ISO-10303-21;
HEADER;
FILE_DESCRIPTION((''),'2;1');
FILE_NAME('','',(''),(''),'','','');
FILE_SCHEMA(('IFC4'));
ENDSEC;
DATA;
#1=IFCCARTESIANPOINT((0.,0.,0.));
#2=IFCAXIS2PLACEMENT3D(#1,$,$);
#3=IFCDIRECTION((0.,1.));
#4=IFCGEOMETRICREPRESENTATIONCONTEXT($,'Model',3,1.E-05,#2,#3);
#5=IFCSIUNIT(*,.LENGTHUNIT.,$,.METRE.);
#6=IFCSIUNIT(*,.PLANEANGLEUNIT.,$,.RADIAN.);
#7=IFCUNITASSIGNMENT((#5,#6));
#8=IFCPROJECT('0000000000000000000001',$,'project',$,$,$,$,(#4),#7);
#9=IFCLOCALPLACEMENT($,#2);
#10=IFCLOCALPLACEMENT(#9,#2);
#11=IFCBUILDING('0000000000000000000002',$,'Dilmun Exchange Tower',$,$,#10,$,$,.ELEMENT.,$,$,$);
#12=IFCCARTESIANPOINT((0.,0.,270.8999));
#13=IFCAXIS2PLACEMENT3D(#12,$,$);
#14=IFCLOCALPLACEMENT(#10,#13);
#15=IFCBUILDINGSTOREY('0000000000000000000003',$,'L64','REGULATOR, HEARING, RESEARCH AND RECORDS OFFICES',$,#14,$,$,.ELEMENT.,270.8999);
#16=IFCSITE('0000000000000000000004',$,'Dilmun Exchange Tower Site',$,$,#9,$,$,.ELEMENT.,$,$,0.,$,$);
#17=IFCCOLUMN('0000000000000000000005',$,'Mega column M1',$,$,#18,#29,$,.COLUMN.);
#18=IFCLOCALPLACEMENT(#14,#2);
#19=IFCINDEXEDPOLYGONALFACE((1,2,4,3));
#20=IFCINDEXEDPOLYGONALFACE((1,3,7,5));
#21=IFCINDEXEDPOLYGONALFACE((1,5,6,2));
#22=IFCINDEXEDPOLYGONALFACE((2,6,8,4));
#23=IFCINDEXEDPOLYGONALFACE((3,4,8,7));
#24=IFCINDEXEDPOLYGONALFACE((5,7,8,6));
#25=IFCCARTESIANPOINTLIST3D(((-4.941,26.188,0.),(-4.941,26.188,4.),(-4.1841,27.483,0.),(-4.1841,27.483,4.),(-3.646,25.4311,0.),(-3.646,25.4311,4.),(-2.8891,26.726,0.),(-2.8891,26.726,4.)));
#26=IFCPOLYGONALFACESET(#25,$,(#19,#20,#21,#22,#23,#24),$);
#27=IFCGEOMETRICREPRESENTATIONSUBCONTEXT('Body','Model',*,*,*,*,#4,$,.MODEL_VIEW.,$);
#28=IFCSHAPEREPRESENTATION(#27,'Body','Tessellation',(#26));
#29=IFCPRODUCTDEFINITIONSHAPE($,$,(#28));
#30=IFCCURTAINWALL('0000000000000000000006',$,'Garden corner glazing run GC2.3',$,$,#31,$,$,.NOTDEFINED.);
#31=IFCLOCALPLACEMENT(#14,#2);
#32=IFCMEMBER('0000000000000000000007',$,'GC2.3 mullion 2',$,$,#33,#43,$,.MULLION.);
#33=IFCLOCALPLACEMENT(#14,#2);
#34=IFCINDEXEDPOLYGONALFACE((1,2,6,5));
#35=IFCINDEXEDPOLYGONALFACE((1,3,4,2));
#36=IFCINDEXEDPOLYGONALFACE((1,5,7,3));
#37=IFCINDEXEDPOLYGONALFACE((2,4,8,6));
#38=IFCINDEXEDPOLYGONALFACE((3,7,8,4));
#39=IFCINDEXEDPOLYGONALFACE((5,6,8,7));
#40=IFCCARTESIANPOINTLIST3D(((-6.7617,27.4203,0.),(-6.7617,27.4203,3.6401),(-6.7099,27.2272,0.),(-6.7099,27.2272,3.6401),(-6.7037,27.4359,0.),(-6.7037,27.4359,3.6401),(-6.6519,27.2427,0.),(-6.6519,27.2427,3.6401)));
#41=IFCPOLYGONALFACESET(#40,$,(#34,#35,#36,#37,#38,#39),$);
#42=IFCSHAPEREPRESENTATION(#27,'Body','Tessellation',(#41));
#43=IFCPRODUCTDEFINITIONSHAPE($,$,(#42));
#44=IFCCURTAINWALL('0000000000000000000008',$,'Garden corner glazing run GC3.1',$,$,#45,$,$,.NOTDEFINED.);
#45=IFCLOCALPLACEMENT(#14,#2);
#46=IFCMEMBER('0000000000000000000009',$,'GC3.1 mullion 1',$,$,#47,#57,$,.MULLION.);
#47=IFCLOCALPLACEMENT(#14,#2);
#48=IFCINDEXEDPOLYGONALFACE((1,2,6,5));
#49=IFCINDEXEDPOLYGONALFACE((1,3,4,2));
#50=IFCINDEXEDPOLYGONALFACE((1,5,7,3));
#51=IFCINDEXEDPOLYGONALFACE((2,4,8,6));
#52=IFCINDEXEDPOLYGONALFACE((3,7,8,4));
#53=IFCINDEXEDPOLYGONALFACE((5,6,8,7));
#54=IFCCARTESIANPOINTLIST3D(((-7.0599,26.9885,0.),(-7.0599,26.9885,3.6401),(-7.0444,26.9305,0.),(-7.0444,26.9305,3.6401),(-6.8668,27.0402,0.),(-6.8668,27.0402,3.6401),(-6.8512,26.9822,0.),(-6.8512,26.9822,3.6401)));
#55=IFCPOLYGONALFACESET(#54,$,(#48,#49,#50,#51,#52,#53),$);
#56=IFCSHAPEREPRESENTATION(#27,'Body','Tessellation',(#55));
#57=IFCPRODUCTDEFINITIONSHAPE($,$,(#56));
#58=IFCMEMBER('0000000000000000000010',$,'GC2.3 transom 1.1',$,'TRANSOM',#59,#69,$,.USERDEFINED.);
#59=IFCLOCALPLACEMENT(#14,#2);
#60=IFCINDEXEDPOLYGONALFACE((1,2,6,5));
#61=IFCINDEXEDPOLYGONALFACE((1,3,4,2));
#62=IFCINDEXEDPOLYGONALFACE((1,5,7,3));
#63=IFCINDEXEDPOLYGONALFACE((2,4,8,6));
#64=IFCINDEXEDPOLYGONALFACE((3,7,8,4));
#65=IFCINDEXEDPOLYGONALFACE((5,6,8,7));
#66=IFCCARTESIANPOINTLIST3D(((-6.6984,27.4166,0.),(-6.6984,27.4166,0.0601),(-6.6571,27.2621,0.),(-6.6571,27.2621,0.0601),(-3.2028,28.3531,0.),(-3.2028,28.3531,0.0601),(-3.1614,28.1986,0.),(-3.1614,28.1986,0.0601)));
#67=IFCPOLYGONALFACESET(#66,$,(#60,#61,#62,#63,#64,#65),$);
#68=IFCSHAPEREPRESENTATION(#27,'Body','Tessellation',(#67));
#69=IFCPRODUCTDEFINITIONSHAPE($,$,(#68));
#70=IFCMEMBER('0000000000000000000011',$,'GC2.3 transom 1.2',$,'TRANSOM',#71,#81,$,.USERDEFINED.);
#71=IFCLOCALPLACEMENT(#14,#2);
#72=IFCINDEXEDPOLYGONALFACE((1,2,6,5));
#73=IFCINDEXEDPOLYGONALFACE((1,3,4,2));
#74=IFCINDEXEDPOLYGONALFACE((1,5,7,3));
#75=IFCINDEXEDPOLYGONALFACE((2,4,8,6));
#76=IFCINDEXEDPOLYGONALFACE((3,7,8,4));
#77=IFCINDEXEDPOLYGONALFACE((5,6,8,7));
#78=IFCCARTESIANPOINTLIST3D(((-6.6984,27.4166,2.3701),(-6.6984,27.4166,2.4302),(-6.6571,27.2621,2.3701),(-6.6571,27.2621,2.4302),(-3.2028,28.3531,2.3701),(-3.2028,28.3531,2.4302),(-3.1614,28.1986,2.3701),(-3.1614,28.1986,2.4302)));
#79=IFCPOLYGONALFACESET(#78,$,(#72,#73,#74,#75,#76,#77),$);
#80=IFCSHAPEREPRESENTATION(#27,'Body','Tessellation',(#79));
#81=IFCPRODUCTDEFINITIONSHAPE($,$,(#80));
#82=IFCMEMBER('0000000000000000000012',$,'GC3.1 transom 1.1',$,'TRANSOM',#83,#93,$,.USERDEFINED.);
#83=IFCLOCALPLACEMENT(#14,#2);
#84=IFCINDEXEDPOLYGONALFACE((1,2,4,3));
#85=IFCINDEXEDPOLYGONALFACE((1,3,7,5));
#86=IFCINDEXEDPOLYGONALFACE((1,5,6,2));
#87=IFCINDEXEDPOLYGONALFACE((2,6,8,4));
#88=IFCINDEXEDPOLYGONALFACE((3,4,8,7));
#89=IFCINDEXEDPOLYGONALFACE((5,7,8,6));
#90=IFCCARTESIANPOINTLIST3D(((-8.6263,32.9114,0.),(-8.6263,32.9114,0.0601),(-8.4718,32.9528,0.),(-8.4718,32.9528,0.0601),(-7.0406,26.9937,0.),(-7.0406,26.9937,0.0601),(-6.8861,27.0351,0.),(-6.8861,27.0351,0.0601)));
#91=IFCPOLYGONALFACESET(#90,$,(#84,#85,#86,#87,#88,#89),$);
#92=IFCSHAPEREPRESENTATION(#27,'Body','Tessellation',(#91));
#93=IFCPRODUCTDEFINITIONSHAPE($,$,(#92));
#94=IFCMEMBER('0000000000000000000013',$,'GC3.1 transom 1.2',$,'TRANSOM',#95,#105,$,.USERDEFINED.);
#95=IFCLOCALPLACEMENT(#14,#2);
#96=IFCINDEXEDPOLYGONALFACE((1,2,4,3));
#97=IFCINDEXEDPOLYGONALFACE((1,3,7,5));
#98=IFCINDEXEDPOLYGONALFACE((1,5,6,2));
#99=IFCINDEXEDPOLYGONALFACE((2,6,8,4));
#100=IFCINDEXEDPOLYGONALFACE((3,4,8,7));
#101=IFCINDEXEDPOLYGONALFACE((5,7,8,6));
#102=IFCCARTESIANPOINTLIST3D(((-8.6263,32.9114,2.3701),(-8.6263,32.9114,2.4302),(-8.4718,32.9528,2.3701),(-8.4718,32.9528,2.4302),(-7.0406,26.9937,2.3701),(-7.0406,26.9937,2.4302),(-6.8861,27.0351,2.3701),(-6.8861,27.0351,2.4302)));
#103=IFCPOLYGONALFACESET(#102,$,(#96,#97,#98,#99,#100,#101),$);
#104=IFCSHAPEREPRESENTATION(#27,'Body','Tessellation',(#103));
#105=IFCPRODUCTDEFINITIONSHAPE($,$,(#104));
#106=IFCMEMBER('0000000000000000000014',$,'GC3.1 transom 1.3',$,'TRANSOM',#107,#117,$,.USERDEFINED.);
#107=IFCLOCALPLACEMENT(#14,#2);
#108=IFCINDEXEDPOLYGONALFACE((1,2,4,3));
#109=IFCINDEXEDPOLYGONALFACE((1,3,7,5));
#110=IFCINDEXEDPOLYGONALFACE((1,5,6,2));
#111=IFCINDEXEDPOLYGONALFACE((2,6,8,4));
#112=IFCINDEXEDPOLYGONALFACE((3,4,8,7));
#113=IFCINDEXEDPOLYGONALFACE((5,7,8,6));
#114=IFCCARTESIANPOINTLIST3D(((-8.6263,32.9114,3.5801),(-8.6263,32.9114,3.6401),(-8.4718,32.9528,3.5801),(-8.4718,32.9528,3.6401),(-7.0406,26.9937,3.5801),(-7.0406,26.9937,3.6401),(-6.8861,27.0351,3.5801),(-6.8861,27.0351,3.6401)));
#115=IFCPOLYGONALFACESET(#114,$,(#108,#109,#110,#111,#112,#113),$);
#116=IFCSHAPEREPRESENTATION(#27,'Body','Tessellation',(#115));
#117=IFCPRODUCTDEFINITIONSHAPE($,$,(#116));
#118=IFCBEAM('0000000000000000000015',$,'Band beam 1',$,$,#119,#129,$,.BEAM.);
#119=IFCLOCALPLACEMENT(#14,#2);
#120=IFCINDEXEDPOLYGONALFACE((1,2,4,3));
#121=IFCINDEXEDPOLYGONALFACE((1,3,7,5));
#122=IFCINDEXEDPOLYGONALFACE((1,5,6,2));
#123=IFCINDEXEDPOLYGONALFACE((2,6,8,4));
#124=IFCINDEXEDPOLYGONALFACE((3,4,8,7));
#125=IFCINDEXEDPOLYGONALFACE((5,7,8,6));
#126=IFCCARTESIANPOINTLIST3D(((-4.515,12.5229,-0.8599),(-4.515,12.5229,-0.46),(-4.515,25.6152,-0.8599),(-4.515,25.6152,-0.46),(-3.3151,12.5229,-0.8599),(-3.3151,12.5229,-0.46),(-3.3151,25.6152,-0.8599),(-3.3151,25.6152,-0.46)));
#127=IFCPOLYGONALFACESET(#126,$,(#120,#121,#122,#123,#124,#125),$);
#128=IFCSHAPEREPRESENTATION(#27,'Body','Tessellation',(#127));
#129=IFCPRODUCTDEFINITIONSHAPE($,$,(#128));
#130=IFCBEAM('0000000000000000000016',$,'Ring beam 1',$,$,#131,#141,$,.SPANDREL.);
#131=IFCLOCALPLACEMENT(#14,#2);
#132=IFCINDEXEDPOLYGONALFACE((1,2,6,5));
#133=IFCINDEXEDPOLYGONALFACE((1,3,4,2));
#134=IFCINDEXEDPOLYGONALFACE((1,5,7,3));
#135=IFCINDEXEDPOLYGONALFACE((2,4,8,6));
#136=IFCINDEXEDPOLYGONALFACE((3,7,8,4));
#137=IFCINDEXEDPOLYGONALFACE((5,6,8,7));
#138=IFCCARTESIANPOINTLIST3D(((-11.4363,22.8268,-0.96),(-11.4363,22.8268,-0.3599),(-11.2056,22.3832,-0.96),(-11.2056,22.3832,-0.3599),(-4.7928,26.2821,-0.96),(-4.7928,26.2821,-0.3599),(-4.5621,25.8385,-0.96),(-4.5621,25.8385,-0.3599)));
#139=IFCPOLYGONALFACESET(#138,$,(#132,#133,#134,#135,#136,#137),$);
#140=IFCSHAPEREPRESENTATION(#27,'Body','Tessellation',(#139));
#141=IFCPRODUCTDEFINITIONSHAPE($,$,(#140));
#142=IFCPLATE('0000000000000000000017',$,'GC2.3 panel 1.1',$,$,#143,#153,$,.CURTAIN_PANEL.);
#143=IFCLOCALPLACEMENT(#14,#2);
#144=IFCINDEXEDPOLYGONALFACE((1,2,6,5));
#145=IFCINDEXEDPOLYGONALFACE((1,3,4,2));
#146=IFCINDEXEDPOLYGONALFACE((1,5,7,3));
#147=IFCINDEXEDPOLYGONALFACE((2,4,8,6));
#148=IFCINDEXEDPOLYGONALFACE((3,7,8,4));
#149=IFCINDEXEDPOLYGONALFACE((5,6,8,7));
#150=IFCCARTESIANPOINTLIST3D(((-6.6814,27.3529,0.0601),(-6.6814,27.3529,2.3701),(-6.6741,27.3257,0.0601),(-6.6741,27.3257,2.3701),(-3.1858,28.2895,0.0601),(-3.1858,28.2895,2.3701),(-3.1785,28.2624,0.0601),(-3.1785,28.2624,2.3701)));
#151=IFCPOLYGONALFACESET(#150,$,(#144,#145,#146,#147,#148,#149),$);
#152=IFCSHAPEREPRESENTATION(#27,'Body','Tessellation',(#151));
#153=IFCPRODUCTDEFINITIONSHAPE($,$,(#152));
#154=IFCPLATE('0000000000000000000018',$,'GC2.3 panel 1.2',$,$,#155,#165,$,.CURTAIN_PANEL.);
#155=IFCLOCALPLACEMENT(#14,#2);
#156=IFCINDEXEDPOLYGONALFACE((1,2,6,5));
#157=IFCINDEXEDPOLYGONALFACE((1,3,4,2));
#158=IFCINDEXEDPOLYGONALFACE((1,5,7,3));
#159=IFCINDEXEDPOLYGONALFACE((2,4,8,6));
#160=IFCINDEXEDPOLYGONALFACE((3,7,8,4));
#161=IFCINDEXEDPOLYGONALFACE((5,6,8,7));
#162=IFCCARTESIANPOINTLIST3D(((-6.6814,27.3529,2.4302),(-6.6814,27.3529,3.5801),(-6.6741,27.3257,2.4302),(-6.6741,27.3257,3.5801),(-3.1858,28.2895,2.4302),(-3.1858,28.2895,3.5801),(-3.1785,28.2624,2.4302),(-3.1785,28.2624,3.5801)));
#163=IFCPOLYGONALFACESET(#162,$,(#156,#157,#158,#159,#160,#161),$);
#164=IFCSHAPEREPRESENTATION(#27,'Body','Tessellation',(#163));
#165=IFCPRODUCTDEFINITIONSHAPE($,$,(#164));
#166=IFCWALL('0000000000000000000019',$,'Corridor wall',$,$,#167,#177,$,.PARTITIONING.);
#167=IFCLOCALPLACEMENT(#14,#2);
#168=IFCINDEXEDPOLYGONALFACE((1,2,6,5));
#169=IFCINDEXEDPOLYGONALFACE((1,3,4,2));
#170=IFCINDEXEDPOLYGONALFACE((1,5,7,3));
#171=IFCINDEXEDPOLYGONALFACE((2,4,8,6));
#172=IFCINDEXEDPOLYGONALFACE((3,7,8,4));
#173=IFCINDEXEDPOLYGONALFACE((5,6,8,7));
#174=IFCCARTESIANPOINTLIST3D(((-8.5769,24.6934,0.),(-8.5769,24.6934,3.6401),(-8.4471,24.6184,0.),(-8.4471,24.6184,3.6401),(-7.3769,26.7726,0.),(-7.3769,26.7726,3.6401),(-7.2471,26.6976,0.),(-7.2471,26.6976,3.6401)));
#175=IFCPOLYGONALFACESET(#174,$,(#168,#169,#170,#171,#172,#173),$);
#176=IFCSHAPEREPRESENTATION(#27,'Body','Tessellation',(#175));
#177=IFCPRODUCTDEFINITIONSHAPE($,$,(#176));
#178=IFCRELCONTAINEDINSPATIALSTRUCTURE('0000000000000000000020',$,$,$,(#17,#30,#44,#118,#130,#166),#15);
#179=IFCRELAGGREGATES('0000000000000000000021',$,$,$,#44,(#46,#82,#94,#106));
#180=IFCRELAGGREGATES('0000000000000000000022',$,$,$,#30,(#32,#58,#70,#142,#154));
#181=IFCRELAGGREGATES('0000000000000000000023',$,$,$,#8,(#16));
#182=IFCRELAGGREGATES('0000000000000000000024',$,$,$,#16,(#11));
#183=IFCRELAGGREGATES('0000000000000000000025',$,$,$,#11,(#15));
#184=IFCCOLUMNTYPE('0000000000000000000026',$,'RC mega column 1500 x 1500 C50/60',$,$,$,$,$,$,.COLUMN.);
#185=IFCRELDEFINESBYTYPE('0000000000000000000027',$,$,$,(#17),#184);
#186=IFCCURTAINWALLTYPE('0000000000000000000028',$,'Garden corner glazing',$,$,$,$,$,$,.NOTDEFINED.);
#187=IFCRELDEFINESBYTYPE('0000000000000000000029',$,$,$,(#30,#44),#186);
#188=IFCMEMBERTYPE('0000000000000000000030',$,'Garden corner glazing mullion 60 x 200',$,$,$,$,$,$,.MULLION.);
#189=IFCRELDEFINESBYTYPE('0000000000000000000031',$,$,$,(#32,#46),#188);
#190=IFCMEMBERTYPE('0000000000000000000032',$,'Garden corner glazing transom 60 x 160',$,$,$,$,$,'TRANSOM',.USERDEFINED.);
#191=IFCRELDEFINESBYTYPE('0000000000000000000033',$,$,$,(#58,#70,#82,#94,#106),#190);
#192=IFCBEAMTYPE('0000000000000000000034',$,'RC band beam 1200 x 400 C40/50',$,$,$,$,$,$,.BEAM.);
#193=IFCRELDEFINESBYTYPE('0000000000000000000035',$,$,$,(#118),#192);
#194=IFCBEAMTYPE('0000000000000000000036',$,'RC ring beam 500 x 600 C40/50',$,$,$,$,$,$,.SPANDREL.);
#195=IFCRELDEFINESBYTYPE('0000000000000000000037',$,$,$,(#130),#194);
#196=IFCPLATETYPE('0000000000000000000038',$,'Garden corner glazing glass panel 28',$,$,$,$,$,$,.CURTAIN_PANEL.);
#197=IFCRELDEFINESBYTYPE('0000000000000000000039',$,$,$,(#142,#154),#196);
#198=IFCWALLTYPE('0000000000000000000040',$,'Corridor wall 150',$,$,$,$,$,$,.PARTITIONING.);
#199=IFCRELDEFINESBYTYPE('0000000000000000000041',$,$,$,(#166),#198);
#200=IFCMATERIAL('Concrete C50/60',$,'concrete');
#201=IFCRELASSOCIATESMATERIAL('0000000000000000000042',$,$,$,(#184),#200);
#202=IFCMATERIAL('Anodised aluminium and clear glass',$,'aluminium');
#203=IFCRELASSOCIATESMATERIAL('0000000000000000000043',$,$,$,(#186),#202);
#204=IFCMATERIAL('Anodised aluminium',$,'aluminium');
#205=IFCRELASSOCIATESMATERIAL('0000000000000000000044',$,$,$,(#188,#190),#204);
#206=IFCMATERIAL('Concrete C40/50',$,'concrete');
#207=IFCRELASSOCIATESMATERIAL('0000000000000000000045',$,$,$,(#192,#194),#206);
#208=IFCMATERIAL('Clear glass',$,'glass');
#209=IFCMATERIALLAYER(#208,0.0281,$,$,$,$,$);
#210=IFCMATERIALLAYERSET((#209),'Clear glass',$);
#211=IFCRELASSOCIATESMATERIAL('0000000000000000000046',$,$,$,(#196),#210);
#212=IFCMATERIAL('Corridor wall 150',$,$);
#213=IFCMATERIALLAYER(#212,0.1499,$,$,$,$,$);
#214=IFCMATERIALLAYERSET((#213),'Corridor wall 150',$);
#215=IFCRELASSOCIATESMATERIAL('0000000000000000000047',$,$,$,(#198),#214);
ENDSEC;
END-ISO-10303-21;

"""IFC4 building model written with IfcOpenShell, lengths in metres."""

from ifc_helpers import new_model, si_unit, direction, frame, frame_2d, origin, origin_2d, place, context, subcontext, project, spatial, rectangle, extrude, material, layer, layer_set, material_profile, profile_set, type_object, element, aggregate, save


model = new_model("IFC4")

# Units and contexts
model_context = context("Model", 3, precision=1e-05, world=origin(), true_north=direction((0.0, 1.0)))
body_context = subcontext(model_context, "Body", "Model", "MODEL_VIEW")
ifc_project = project(units=[si_unit("LENGTHUNIT", "METRE"), si_unit("PLANEANGLEUNIT", "RADIAN")], contexts=[model_context])

# Site, building, storey
site_placement = place(None, origin())
site = spatial("IfcSite", under=ifc_project, at=site_placement, Name="Dilmun Exchange Tower Site", CompositionType="ELEMENT", RefElevation=0.0)
building_placement = place(site_placement, origin())
building = spatial("IfcBuilding", under=site, at=building_placement, Name="Dilmun Exchange Tower", CompositionType="ELEMENT")
storey_placement = place(building_placement, frame((0.0, 0.0, 270.8999)))
storey = spatial("IfcBuildingStorey", under=building, at=storey_placement, Name="L64", Description="REGULATOR, HEARING, RESEARCH AND RECORDS OFFICES", CompositionType="ELEMENT", Elevation=270.8999)

# Column
ifc_material_1 = material(Name="Concrete C50/60", Category="concrete")
ifc_material_profile_1 = material_profile(ifc_material_1, rectangle(XDim=1.5, YDim=1.5, at=origin_2d()), Name="1500 x 1500")
ifc_profile_set_1 = profile_set([ifc_material_profile_1], Name="Concrete C50/60")
column_type = type_object("IfcColumnType", Name="RC mega column 1500 x 1500 C50/60", PredefinedType="COLUMN", material=ifc_profile_set_1)
column_placement = place(storey_placement, frame((-3.915, 26.457, 0.0), z_axis=(0.0, 0.0, 1.0), x_axis=(0.504644, 0.863328, 0.0)))
element("IfcColumn", 1, at=column_placement, inside=storey, type_object=column_type, Name="Mega column M1", PredefinedType="COLUMN", context=body_context, shape_type="SweptSolid", body=[
    extrude(rectangle(XDim=1.5, YDim=1.5, at=origin_2d()), origin(), (0.0, 0.0, 1.0), 4.0),
])

# Curtain walls, members
ifc_material_2 = material(Name="Anodised aluminium and clear glass", Category="aluminium")
curtain_wall_type = type_object("IfcCurtainWallType", Name="Garden corner glazing", PredefinedType="NOTDEFINED", material=ifc_material_2)
curtain_wall_1_placement = place(storey_placement, origin())
curtain_wall_1 = element("IfcCurtainWall", 2, at=curtain_wall_1_placement, inside=storey, type_object=curtain_wall_type, Name="Garden corner glazing run GC2.3", PredefinedType="NOTDEFINED")
ifc_material_3 = material(Name="Anodised aluminium", Category="aluminium")
ifc_material_profile_2 = material_profile(ifc_material_3, rectangle(XDim=0.2, YDim=0.0601, at=origin_2d()), Name="AL 60x200")
ifc_profile_set_2 = profile_set([ifc_material_profile_2], Name="Anodised aluminium")
member_type_1 = type_object("IfcMemberType", Name="Garden corner glazing mullion 60 x 200", PredefinedType="MULLION", material=ifc_profile_set_2)
member_1_placement = place(storey_placement, frame((-6.7068, 27.3315, 0.0), z_axis=(0.0, 0.0, 1.0), x_axis=(0.258813, -0.965928, 0.0)))
member_1 = element("IfcMember", 3, at=member_1_placement, type_object=member_type_1, Name="GC2.3 mullion 2", PredefinedType="MULLION", context=body_context, shape_type="SweptSolid", body=[
    extrude(rectangle(XDim=0.2, YDim=0.0601, at=origin_2d()), origin(), (0.0, 0.0, 1.0), 3.6401),
])
curtain_wall_2_placement = place(storey_placement, origin())
curtain_wall_2 = element("IfcCurtainWall", 4, at=curtain_wall_2_placement, inside=storey, type_object=curtain_wall_type, Name="Garden corner glazing run GC3.1", PredefinedType="NOTDEFINED")
member_2_placement = place(storey_placement, frame((-6.9556, 26.9854, 0.0), z_axis=(0.0, 0.0, 1.0), x_axis=(-0.965926, -0.258819, 0.0)))
member_2 = element("IfcMember", 5, at=member_2_placement, type_object=member_type_1, Name="GC3.1 mullion 1", PredefinedType="MULLION", context=body_context, shape_type="SweptSolid", body=[
    extrude(rectangle(XDim=0.2, YDim=0.0601, at=origin_2d()), origin(), (0.0, 0.0, 1.0), 3.6401),
])

# Members
ifc_material_profile_3 = material_profile(ifc_material_3, rectangle(XDim=0.1599, YDim=0.0601, at=origin_2d()), Name="AL 60x160")
ifc_profile_set_3 = profile_set([ifc_material_profile_3], Name="Anodised aluminium")
member_type_2 = type_object("IfcMemberType", Name="Garden corner glazing transom 60 x 160", ElementType="TRANSOM", PredefinedType="USERDEFINED", material=ifc_profile_set_3)
member_3_placement = place(storey_placement, frame((-3.1821, 28.2759, 0.03), z_axis=(-0.965934, -0.258788, 0.0), x_axis=(0.258788, -0.965934, 0.0)))
member_3 = element("IfcMember", 6, at=member_3_placement, type_object=member_type_2, Name="GC2.3 transom 1.1", ObjectType="TRANSOM", PredefinedType="USERDEFINED", context=body_context, shape_type="SweptSolid", body=[
    extrude(rectangle(XDim=0.1599, YDim=0.0601, at=origin_2d()), origin(), (0.0, 0.0, 1.0), 3.6189),
])
member_4_placement = place(storey_placement, frame((-3.1821, 28.2759, 2.4001), z_axis=(-0.965934, -0.258788, 0.0), x_axis=(0.258788, -0.965934, 0.0)))
member_4 = element("IfcMember", 7, at=member_4_placement, type_object=member_type_2, Name="GC2.3 transom 1.2", ObjectType="TRANSOM", PredefinedType="USERDEFINED", context=body_context, shape_type="SweptSolid", body=[
    extrude(rectangle(XDim=0.1599, YDim=0.0601, at=origin_2d()), origin(), (0.0, 0.0, 1.0), 3.6189),
])
member_5_placement = place(storey_placement, frame((-6.9634, 27.0144, 0.03), z_axis=(-0.258826, 0.965924, 0.0), x_axis=(-0.965924, -0.258826, 0.0)))
member_5 = element("IfcMember", 8, at=member_5_placement, type_object=member_type_2, Name="GC3.1 transom 1.1", ObjectType="TRANSOM", PredefinedType="USERDEFINED", context=body_context, shape_type="SweptSolid", body=[
    extrude(rectangle(XDim=0.1599, YDim=0.0601, at=origin_2d()), origin(), (0.0, 0.0, 1.0), 6.1265),
])
member_6_placement = place(storey_placement, frame((-6.9634, 27.0144, 2.4001), z_axis=(-0.258826, 0.965924, 0.0), x_axis=(-0.965924, -0.258826, 0.0)))
member_6 = element("IfcMember", 9, at=member_6_placement, type_object=member_type_2, Name="GC3.1 transom 1.2", ObjectType="TRANSOM", PredefinedType="USERDEFINED", context=body_context, shape_type="SweptSolid", body=[
    extrude(rectangle(XDim=0.1599, YDim=0.0601, at=origin_2d()), origin(), (0.0, 0.0, 1.0), 6.1265),
])
member_7_placement = place(storey_placement, frame((-6.9634, 27.0144, 3.6101), z_axis=(-0.258826, 0.965924, 0.0), x_axis=(-0.965924, -0.258826, 0.0)))
member_7 = element("IfcMember", 10, at=member_7_placement, type_object=member_type_2, Name="GC3.1 transom 1.3", ObjectType="TRANSOM", PredefinedType="USERDEFINED", context=body_context, shape_type="SweptSolid", body=[
    extrude(rectangle(XDim=0.1599, YDim=0.0601, at=origin_2d()), origin(), (0.0, 0.0, 1.0), 6.1265),
])
aggregate(curtain_wall_2, [member_2, member_5, member_6, member_7])

# Beams
ifc_material_4 = material(Name="Concrete C40/50", Category="concrete")
ifc_material_profile_4 = material_profile(ifc_material_4, rectangle(XDim=1.2, YDim=0.3999, at=origin_2d()), Name="1200 x 400")
ifc_profile_set_4 = profile_set([ifc_material_profile_4], Name="Concrete C40/50")
beam_type_1 = type_object("IfcBeamType", Name="RC band beam 1200 x 400 C40/50", PredefinedType="BEAM", material=ifc_profile_set_4)
beam_1_placement = place(storey_placement, frame((-3.915, 25.6152, -0.6599), z_axis=(0.0, -1.0, 0.0), x_axis=(1.0, 0.0, 0.0)))
element("IfcBeam", 11, at=beam_1_placement, inside=storey, type_object=beam_type_1, Name="Band beam 1", PredefinedType="BEAM", context=body_context, shape_type="SweptSolid", body=[
    extrude(rectangle(XDim=1.2, YDim=0.3999, at=origin_2d()), origin(), (0.0, 0.0, 1.0), 13.0923),
])
ifc_material_profile_5 = material_profile(ifc_material_4, rectangle(XDim=0.5, YDim=0.6001, at=origin_2d()), Name="500 x 600")
ifc_profile_set_5 = profile_set([ifc_material_profile_5], Name="Concrete C40/50")
beam_type_2 = type_object("IfcBeamType", Name="RC ring beam 500 x 600 C40/50", PredefinedType="SPANDREL", material=ifc_profile_set_5)
beam_2_placement = place(storey_placement, frame((-4.6775, 26.0603, -0.6599), z_axis=(-0.88718, -0.461424, 0.0), x_axis=(0.461424, -0.88718, 0.0)))
element("IfcBeam", 12, at=beam_2_placement, inside=storey, type_object=beam_type_2, Name="Ring beam 1", PredefinedType="SPANDREL", context=body_context, shape_type="SweptSolid", body=[
    extrude(rectangle(XDim=0.5, YDim=0.6001, at=origin_2d()), origin(), (0.0, 0.0, 1.0), 7.4883),
])

# Plates
ifc_material_5 = material(Name="Clear glass", Category="glass")
ifc_layer_1 = layer(ifc_material_5, 0.0281)
ifc_layer_set_1 = layer_set([ifc_layer_1], Name="Clear glass")
plate_type = type_object("IfcPlateType", Name="Garden corner glazing glass panel 28", PredefinedType="CURTAIN_PANEL", material=ifc_layer_set_1)
plate_1_placement = place(storey_placement, frame((-4.9299, 27.8076, 0.0601), z_axis=(0.0, 0.0, 1.0), x_axis=(-0.965928, -0.258813, 0.0)))
plate_1 = element("IfcPlate", 13, at=plate_1_placement, type_object=plate_type, Name="GC2.3 panel 1.1", PredefinedType="CURTAIN_PANEL", context=body_context, shape_type="SweptSolid", body=[
    extrude(rectangle(XDim=3.6189, YDim=0.0281, at=origin_2d()), origin(), (0.0, 0.0, 1.0), 2.3101),
])
plate_2_placement = place(storey_placement, frame((-4.9299, 27.8076, 2.4302), z_axis=(0.0, 0.0, 1.0), x_axis=(-0.965928, -0.258813, 0.0)))
plate_2 = element("IfcPlate", 14, at=plate_2_placement, type_object=plate_type, Name="GC2.3 panel 1.2", PredefinedType="CURTAIN_PANEL", context=body_context, shape_type="SweptSolid", body=[
    extrude(rectangle(XDim=3.6189, YDim=0.0281, at=origin_2d()), origin(), (0.0, 0.0, 1.0), 1.1499),
])
aggregate(curtain_wall_1, [member_1, member_3, member_4, plate_1, plate_2])

# Wall
ifc_material_6 = material(Name="Corridor wall 150")
ifc_layer_2 = layer(ifc_material_6, 0.1499)
ifc_layer_set_2 = layer_set([ifc_layer_2], Name="Corridor wall 150")
wall_type = type_object("IfcWallType", Name="Corridor wall 150", PredefinedType="PARTITIONING", material=ifc_layer_set_2)
wall_1_placement = place(storey_placement, frame((-8.512, 24.656, 0.0), z_axis=(0.0, 0.0, 1.0), x_axis=(0.499869, 0.866101, 0.0)))
element("IfcWall", 15, at=wall_1_placement, inside=storey, type_object=wall_type, Name="Corridor wall", PredefinedType="PARTITIONING", context=body_context, shape_type="SweptSolid", body=[
    extrude(rectangle(XDim=2.4006, YDim=0.1499, at=frame_2d((1.2002, 0.0))), origin(), (0.0, 0.0, 1.0), 3.6401),
])

save(model, "model.ifc")
